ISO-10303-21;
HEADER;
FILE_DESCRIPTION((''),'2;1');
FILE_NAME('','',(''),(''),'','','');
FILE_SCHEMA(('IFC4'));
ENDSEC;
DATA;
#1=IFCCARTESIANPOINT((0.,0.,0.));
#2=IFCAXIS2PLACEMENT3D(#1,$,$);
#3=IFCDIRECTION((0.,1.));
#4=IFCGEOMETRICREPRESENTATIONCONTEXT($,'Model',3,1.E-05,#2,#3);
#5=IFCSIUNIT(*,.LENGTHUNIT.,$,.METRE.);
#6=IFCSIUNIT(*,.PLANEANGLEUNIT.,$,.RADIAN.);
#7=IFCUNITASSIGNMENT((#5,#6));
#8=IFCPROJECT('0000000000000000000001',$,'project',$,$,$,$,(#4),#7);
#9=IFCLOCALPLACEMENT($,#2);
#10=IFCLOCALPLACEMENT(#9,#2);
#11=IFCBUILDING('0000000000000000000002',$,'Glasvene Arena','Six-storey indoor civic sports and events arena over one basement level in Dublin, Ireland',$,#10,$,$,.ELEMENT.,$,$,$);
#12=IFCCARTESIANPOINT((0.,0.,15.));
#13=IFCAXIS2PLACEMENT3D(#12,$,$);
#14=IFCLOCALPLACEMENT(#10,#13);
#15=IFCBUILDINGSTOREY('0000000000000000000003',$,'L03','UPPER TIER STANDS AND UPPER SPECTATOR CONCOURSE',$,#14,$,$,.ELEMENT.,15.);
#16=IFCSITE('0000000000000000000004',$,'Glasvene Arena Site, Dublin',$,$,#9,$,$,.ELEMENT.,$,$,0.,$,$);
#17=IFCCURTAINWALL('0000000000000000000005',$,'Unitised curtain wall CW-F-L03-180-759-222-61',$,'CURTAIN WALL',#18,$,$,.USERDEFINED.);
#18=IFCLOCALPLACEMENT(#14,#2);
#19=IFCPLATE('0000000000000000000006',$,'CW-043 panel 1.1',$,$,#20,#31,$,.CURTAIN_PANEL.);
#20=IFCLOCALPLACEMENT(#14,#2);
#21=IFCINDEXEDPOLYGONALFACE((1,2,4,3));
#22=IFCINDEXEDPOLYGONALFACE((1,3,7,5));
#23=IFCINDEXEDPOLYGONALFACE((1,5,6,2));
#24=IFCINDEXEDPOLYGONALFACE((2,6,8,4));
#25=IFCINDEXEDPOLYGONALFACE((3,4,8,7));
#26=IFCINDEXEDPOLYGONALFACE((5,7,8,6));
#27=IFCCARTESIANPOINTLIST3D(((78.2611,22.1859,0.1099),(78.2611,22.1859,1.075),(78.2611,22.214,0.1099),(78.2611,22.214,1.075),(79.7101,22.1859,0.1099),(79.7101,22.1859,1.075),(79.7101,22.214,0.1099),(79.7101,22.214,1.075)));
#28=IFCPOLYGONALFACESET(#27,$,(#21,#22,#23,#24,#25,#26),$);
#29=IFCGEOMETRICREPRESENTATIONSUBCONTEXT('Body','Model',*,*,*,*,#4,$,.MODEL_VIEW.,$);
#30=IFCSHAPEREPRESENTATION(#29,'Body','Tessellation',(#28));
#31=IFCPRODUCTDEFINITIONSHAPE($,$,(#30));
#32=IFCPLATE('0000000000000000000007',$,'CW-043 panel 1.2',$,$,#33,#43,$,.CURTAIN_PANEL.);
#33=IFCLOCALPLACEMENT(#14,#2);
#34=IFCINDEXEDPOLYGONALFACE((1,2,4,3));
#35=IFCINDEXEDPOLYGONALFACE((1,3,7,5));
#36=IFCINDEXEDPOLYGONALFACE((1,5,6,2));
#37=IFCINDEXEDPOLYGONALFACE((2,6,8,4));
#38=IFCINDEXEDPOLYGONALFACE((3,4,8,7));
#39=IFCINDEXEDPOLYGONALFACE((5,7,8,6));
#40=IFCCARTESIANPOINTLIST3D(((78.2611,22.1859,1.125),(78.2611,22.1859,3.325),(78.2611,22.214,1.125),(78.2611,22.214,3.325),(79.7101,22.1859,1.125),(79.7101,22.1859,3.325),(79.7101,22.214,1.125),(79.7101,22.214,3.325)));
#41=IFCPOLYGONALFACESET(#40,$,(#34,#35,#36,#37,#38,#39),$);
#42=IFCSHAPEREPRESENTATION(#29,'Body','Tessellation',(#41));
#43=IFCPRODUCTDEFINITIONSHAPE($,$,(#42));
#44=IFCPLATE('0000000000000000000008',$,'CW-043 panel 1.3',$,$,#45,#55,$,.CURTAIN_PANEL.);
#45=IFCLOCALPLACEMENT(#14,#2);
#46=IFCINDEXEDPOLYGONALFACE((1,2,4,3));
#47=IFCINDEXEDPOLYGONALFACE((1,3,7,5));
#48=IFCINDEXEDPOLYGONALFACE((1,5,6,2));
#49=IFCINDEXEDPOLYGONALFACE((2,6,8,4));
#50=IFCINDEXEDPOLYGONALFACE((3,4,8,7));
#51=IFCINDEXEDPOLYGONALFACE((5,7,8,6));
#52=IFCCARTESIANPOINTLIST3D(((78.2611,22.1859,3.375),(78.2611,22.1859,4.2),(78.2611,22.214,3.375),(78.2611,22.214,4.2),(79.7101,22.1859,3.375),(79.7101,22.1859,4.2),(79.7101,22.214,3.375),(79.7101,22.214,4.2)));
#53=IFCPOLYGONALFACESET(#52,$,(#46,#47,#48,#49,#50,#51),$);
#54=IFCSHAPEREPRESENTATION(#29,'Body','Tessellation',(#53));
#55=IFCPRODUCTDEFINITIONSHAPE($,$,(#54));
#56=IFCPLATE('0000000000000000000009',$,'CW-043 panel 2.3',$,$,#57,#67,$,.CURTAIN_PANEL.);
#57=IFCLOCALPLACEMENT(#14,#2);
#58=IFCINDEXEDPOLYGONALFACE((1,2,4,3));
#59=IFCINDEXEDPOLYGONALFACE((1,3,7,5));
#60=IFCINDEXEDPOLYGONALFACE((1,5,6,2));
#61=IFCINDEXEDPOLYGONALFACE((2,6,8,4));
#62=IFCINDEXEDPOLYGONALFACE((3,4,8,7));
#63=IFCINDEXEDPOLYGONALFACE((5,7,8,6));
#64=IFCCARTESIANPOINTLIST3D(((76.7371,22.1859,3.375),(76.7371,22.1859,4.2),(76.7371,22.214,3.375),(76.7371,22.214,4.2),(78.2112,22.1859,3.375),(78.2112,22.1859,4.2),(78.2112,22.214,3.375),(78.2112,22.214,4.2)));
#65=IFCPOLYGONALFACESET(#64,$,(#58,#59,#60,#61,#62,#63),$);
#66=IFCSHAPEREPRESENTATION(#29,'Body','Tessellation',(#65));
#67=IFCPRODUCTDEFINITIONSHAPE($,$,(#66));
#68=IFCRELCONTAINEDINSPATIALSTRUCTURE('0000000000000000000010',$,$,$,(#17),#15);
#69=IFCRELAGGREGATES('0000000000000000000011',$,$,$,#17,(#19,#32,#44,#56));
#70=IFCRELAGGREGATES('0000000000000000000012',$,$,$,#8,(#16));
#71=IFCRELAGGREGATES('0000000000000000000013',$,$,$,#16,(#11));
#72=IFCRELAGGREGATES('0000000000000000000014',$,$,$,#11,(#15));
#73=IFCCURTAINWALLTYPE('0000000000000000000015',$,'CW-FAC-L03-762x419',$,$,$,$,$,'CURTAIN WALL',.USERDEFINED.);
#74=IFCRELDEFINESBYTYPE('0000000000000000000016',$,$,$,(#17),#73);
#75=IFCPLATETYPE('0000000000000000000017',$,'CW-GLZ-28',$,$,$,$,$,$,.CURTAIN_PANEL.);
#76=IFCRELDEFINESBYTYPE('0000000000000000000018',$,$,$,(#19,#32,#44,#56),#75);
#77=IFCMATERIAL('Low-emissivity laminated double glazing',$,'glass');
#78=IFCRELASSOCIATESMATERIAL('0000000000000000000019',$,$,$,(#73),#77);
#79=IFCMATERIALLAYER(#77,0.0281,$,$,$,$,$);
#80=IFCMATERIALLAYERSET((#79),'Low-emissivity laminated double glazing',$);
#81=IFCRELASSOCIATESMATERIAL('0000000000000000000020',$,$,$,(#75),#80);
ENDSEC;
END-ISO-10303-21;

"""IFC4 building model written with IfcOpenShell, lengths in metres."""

from ifc_helpers import new_model, si_unit, direction, frame, origin, origin_2d, place, context, subcontext, project, spatial, rectangle, extrude, material, layer, layer_set, type_object, element, aggregate, save


model = new_model("IFC4")

# Units and contexts
model_context = context("Model", 3, precision=1e-05, world=origin(), true_north=direction((0.0, 1.0)))
body_context = subcontext(model_context, "Body", "Model", "MODEL_VIEW")
ifc_project = project(units=[si_unit("LENGTHUNIT", "METRE"), si_unit("PLANEANGLEUNIT", "RADIAN")], contexts=[model_context])

# Site, building, storey
site_placement = place(None, origin())
site = spatial("IfcSite", under=ifc_project, at=site_placement, Name="Glasvene Arena Site, Dublin", CompositionType="ELEMENT", RefElevation=0.0)
building_placement = place(site_placement, origin())
building = spatial("IfcBuilding", under=site, at=building_placement, Name="Glasvene Arena", Description="Six-storey indoor civic sports and events arena over one basement level in Dublin, Ireland", CompositionType="ELEMENT")
storey_placement = place(building_placement, frame((0.0, 0.0, 15.0)))
storey = spatial("IfcBuildingStorey", under=building, at=storey_placement, Name="L03", Description="UPPER TIER STANDS AND UPPER SPECTATOR CONCOURSE", CompositionType="ELEMENT", Elevation=15.0)

# Curtain wall
ifc_material_1 = material(Name="Low-emissivity laminated double glazing", Category="glass")
curtain_wall_type_1 = type_object("IfcCurtainWallType", Name="CW-FAC-L03-762x419", ElementType="CURTAIN WALL", PredefinedType="USERDEFINED", material=ifc_material_1)
curtain_wall_1_placement = place(storey_placement, frame((79.76, 22.2, 0.0)))
curtain_wall_1 = element("IfcCurtainWall", 1, at=curtain_wall_1_placement, inside=storey, type_object=curtain_wall_type_1, Name="Unitised curtain wall CW-F-L03-180-759-222-61", ObjectType="CURTAIN WALL", PredefinedType="USERDEFINED")

# Plates
ifc_layer_1 = layer(ifc_material_1, 0.0281)
ifc_layer_set_1 = layer_set([ifc_layer_1], Name="Low-emissivity laminated double glazing")
plate_type = type_object("IfcPlateType", Name="CW-GLZ-28", PredefinedType="CURTAIN_PANEL", material=ifc_layer_set_1)
plate_1_placement = place(storey_placement, frame((78.9856, 22.2, 0.1099), z_axis=(0.0, 0.0, 1.0), x_axis=(-1.0, 0.0, 0.0)))
plate_1 = element("IfcPlate", 2, at=plate_1_placement, type_object=plate_type, Name="CW-043 panel 1.1", PredefinedType="CURTAIN_PANEL", context=body_context, shape_type="SweptSolid", body=[
    extrude(rectangle(XDim=1.449, YDim=0.0281, at=origin_2d()), origin(), (0.0, 0.0, 1.0), 0.9651),
])
plate_2_placement = place(storey_placement, frame((78.9856, 22.2, 1.125), z_axis=(0.0, 0.0, 1.0), x_axis=(-1.0, 0.0, 0.0)))
plate_2 = element("IfcPlate", 3, at=plate_2_placement, type_object=plate_type, Name="CW-043 panel 1.2", PredefinedType="CURTAIN_PANEL", context=body_context, shape_type="SweptSolid", body=[
    extrude(rectangle(XDim=1.449, YDim=0.0281, at=origin_2d()), origin(), (0.0, 0.0, 1.0), 2.2),
])
plate_3_placement = place(storey_placement, frame((78.9856, 22.2, 3.375), z_axis=(0.0, 0.0, 1.0), x_axis=(-1.0, 0.0, 0.0)))
plate_3 = element("IfcPlate", 4, at=plate_3_placement, type_object=plate_type, Name="CW-043 panel 1.3", PredefinedType="CURTAIN_PANEL", context=body_context, shape_type="SweptSolid", body=[
    extrude(rectangle(XDim=1.449, YDim=0.0281, at=origin_2d()), origin(), (0.0, 0.0, 1.0), 0.825),
])
plate_4_placement = place(storey_placement, frame((77.4741, 22.2, 3.375), z_axis=(0.0, 0.0, 1.0), x_axis=(-1.0, 0.0, 0.0)))
plate_4 = element("IfcPlate", 5, at=plate_4_placement, type_object=plate_type, Name="CW-043 panel 2.3", PredefinedType="CURTAIN_PANEL", context=body_context, shape_type="SweptSolid", body=[
    extrude(rectangle(XDim=1.4741, YDim=0.0281, at=origin_2d()), origin(), (0.0, 0.0, 1.0), 0.825),
])
aggregate(curtain_wall_1, [plate_1, plate_2, plate_3, plate_4])

save(model, "model.ifc")
